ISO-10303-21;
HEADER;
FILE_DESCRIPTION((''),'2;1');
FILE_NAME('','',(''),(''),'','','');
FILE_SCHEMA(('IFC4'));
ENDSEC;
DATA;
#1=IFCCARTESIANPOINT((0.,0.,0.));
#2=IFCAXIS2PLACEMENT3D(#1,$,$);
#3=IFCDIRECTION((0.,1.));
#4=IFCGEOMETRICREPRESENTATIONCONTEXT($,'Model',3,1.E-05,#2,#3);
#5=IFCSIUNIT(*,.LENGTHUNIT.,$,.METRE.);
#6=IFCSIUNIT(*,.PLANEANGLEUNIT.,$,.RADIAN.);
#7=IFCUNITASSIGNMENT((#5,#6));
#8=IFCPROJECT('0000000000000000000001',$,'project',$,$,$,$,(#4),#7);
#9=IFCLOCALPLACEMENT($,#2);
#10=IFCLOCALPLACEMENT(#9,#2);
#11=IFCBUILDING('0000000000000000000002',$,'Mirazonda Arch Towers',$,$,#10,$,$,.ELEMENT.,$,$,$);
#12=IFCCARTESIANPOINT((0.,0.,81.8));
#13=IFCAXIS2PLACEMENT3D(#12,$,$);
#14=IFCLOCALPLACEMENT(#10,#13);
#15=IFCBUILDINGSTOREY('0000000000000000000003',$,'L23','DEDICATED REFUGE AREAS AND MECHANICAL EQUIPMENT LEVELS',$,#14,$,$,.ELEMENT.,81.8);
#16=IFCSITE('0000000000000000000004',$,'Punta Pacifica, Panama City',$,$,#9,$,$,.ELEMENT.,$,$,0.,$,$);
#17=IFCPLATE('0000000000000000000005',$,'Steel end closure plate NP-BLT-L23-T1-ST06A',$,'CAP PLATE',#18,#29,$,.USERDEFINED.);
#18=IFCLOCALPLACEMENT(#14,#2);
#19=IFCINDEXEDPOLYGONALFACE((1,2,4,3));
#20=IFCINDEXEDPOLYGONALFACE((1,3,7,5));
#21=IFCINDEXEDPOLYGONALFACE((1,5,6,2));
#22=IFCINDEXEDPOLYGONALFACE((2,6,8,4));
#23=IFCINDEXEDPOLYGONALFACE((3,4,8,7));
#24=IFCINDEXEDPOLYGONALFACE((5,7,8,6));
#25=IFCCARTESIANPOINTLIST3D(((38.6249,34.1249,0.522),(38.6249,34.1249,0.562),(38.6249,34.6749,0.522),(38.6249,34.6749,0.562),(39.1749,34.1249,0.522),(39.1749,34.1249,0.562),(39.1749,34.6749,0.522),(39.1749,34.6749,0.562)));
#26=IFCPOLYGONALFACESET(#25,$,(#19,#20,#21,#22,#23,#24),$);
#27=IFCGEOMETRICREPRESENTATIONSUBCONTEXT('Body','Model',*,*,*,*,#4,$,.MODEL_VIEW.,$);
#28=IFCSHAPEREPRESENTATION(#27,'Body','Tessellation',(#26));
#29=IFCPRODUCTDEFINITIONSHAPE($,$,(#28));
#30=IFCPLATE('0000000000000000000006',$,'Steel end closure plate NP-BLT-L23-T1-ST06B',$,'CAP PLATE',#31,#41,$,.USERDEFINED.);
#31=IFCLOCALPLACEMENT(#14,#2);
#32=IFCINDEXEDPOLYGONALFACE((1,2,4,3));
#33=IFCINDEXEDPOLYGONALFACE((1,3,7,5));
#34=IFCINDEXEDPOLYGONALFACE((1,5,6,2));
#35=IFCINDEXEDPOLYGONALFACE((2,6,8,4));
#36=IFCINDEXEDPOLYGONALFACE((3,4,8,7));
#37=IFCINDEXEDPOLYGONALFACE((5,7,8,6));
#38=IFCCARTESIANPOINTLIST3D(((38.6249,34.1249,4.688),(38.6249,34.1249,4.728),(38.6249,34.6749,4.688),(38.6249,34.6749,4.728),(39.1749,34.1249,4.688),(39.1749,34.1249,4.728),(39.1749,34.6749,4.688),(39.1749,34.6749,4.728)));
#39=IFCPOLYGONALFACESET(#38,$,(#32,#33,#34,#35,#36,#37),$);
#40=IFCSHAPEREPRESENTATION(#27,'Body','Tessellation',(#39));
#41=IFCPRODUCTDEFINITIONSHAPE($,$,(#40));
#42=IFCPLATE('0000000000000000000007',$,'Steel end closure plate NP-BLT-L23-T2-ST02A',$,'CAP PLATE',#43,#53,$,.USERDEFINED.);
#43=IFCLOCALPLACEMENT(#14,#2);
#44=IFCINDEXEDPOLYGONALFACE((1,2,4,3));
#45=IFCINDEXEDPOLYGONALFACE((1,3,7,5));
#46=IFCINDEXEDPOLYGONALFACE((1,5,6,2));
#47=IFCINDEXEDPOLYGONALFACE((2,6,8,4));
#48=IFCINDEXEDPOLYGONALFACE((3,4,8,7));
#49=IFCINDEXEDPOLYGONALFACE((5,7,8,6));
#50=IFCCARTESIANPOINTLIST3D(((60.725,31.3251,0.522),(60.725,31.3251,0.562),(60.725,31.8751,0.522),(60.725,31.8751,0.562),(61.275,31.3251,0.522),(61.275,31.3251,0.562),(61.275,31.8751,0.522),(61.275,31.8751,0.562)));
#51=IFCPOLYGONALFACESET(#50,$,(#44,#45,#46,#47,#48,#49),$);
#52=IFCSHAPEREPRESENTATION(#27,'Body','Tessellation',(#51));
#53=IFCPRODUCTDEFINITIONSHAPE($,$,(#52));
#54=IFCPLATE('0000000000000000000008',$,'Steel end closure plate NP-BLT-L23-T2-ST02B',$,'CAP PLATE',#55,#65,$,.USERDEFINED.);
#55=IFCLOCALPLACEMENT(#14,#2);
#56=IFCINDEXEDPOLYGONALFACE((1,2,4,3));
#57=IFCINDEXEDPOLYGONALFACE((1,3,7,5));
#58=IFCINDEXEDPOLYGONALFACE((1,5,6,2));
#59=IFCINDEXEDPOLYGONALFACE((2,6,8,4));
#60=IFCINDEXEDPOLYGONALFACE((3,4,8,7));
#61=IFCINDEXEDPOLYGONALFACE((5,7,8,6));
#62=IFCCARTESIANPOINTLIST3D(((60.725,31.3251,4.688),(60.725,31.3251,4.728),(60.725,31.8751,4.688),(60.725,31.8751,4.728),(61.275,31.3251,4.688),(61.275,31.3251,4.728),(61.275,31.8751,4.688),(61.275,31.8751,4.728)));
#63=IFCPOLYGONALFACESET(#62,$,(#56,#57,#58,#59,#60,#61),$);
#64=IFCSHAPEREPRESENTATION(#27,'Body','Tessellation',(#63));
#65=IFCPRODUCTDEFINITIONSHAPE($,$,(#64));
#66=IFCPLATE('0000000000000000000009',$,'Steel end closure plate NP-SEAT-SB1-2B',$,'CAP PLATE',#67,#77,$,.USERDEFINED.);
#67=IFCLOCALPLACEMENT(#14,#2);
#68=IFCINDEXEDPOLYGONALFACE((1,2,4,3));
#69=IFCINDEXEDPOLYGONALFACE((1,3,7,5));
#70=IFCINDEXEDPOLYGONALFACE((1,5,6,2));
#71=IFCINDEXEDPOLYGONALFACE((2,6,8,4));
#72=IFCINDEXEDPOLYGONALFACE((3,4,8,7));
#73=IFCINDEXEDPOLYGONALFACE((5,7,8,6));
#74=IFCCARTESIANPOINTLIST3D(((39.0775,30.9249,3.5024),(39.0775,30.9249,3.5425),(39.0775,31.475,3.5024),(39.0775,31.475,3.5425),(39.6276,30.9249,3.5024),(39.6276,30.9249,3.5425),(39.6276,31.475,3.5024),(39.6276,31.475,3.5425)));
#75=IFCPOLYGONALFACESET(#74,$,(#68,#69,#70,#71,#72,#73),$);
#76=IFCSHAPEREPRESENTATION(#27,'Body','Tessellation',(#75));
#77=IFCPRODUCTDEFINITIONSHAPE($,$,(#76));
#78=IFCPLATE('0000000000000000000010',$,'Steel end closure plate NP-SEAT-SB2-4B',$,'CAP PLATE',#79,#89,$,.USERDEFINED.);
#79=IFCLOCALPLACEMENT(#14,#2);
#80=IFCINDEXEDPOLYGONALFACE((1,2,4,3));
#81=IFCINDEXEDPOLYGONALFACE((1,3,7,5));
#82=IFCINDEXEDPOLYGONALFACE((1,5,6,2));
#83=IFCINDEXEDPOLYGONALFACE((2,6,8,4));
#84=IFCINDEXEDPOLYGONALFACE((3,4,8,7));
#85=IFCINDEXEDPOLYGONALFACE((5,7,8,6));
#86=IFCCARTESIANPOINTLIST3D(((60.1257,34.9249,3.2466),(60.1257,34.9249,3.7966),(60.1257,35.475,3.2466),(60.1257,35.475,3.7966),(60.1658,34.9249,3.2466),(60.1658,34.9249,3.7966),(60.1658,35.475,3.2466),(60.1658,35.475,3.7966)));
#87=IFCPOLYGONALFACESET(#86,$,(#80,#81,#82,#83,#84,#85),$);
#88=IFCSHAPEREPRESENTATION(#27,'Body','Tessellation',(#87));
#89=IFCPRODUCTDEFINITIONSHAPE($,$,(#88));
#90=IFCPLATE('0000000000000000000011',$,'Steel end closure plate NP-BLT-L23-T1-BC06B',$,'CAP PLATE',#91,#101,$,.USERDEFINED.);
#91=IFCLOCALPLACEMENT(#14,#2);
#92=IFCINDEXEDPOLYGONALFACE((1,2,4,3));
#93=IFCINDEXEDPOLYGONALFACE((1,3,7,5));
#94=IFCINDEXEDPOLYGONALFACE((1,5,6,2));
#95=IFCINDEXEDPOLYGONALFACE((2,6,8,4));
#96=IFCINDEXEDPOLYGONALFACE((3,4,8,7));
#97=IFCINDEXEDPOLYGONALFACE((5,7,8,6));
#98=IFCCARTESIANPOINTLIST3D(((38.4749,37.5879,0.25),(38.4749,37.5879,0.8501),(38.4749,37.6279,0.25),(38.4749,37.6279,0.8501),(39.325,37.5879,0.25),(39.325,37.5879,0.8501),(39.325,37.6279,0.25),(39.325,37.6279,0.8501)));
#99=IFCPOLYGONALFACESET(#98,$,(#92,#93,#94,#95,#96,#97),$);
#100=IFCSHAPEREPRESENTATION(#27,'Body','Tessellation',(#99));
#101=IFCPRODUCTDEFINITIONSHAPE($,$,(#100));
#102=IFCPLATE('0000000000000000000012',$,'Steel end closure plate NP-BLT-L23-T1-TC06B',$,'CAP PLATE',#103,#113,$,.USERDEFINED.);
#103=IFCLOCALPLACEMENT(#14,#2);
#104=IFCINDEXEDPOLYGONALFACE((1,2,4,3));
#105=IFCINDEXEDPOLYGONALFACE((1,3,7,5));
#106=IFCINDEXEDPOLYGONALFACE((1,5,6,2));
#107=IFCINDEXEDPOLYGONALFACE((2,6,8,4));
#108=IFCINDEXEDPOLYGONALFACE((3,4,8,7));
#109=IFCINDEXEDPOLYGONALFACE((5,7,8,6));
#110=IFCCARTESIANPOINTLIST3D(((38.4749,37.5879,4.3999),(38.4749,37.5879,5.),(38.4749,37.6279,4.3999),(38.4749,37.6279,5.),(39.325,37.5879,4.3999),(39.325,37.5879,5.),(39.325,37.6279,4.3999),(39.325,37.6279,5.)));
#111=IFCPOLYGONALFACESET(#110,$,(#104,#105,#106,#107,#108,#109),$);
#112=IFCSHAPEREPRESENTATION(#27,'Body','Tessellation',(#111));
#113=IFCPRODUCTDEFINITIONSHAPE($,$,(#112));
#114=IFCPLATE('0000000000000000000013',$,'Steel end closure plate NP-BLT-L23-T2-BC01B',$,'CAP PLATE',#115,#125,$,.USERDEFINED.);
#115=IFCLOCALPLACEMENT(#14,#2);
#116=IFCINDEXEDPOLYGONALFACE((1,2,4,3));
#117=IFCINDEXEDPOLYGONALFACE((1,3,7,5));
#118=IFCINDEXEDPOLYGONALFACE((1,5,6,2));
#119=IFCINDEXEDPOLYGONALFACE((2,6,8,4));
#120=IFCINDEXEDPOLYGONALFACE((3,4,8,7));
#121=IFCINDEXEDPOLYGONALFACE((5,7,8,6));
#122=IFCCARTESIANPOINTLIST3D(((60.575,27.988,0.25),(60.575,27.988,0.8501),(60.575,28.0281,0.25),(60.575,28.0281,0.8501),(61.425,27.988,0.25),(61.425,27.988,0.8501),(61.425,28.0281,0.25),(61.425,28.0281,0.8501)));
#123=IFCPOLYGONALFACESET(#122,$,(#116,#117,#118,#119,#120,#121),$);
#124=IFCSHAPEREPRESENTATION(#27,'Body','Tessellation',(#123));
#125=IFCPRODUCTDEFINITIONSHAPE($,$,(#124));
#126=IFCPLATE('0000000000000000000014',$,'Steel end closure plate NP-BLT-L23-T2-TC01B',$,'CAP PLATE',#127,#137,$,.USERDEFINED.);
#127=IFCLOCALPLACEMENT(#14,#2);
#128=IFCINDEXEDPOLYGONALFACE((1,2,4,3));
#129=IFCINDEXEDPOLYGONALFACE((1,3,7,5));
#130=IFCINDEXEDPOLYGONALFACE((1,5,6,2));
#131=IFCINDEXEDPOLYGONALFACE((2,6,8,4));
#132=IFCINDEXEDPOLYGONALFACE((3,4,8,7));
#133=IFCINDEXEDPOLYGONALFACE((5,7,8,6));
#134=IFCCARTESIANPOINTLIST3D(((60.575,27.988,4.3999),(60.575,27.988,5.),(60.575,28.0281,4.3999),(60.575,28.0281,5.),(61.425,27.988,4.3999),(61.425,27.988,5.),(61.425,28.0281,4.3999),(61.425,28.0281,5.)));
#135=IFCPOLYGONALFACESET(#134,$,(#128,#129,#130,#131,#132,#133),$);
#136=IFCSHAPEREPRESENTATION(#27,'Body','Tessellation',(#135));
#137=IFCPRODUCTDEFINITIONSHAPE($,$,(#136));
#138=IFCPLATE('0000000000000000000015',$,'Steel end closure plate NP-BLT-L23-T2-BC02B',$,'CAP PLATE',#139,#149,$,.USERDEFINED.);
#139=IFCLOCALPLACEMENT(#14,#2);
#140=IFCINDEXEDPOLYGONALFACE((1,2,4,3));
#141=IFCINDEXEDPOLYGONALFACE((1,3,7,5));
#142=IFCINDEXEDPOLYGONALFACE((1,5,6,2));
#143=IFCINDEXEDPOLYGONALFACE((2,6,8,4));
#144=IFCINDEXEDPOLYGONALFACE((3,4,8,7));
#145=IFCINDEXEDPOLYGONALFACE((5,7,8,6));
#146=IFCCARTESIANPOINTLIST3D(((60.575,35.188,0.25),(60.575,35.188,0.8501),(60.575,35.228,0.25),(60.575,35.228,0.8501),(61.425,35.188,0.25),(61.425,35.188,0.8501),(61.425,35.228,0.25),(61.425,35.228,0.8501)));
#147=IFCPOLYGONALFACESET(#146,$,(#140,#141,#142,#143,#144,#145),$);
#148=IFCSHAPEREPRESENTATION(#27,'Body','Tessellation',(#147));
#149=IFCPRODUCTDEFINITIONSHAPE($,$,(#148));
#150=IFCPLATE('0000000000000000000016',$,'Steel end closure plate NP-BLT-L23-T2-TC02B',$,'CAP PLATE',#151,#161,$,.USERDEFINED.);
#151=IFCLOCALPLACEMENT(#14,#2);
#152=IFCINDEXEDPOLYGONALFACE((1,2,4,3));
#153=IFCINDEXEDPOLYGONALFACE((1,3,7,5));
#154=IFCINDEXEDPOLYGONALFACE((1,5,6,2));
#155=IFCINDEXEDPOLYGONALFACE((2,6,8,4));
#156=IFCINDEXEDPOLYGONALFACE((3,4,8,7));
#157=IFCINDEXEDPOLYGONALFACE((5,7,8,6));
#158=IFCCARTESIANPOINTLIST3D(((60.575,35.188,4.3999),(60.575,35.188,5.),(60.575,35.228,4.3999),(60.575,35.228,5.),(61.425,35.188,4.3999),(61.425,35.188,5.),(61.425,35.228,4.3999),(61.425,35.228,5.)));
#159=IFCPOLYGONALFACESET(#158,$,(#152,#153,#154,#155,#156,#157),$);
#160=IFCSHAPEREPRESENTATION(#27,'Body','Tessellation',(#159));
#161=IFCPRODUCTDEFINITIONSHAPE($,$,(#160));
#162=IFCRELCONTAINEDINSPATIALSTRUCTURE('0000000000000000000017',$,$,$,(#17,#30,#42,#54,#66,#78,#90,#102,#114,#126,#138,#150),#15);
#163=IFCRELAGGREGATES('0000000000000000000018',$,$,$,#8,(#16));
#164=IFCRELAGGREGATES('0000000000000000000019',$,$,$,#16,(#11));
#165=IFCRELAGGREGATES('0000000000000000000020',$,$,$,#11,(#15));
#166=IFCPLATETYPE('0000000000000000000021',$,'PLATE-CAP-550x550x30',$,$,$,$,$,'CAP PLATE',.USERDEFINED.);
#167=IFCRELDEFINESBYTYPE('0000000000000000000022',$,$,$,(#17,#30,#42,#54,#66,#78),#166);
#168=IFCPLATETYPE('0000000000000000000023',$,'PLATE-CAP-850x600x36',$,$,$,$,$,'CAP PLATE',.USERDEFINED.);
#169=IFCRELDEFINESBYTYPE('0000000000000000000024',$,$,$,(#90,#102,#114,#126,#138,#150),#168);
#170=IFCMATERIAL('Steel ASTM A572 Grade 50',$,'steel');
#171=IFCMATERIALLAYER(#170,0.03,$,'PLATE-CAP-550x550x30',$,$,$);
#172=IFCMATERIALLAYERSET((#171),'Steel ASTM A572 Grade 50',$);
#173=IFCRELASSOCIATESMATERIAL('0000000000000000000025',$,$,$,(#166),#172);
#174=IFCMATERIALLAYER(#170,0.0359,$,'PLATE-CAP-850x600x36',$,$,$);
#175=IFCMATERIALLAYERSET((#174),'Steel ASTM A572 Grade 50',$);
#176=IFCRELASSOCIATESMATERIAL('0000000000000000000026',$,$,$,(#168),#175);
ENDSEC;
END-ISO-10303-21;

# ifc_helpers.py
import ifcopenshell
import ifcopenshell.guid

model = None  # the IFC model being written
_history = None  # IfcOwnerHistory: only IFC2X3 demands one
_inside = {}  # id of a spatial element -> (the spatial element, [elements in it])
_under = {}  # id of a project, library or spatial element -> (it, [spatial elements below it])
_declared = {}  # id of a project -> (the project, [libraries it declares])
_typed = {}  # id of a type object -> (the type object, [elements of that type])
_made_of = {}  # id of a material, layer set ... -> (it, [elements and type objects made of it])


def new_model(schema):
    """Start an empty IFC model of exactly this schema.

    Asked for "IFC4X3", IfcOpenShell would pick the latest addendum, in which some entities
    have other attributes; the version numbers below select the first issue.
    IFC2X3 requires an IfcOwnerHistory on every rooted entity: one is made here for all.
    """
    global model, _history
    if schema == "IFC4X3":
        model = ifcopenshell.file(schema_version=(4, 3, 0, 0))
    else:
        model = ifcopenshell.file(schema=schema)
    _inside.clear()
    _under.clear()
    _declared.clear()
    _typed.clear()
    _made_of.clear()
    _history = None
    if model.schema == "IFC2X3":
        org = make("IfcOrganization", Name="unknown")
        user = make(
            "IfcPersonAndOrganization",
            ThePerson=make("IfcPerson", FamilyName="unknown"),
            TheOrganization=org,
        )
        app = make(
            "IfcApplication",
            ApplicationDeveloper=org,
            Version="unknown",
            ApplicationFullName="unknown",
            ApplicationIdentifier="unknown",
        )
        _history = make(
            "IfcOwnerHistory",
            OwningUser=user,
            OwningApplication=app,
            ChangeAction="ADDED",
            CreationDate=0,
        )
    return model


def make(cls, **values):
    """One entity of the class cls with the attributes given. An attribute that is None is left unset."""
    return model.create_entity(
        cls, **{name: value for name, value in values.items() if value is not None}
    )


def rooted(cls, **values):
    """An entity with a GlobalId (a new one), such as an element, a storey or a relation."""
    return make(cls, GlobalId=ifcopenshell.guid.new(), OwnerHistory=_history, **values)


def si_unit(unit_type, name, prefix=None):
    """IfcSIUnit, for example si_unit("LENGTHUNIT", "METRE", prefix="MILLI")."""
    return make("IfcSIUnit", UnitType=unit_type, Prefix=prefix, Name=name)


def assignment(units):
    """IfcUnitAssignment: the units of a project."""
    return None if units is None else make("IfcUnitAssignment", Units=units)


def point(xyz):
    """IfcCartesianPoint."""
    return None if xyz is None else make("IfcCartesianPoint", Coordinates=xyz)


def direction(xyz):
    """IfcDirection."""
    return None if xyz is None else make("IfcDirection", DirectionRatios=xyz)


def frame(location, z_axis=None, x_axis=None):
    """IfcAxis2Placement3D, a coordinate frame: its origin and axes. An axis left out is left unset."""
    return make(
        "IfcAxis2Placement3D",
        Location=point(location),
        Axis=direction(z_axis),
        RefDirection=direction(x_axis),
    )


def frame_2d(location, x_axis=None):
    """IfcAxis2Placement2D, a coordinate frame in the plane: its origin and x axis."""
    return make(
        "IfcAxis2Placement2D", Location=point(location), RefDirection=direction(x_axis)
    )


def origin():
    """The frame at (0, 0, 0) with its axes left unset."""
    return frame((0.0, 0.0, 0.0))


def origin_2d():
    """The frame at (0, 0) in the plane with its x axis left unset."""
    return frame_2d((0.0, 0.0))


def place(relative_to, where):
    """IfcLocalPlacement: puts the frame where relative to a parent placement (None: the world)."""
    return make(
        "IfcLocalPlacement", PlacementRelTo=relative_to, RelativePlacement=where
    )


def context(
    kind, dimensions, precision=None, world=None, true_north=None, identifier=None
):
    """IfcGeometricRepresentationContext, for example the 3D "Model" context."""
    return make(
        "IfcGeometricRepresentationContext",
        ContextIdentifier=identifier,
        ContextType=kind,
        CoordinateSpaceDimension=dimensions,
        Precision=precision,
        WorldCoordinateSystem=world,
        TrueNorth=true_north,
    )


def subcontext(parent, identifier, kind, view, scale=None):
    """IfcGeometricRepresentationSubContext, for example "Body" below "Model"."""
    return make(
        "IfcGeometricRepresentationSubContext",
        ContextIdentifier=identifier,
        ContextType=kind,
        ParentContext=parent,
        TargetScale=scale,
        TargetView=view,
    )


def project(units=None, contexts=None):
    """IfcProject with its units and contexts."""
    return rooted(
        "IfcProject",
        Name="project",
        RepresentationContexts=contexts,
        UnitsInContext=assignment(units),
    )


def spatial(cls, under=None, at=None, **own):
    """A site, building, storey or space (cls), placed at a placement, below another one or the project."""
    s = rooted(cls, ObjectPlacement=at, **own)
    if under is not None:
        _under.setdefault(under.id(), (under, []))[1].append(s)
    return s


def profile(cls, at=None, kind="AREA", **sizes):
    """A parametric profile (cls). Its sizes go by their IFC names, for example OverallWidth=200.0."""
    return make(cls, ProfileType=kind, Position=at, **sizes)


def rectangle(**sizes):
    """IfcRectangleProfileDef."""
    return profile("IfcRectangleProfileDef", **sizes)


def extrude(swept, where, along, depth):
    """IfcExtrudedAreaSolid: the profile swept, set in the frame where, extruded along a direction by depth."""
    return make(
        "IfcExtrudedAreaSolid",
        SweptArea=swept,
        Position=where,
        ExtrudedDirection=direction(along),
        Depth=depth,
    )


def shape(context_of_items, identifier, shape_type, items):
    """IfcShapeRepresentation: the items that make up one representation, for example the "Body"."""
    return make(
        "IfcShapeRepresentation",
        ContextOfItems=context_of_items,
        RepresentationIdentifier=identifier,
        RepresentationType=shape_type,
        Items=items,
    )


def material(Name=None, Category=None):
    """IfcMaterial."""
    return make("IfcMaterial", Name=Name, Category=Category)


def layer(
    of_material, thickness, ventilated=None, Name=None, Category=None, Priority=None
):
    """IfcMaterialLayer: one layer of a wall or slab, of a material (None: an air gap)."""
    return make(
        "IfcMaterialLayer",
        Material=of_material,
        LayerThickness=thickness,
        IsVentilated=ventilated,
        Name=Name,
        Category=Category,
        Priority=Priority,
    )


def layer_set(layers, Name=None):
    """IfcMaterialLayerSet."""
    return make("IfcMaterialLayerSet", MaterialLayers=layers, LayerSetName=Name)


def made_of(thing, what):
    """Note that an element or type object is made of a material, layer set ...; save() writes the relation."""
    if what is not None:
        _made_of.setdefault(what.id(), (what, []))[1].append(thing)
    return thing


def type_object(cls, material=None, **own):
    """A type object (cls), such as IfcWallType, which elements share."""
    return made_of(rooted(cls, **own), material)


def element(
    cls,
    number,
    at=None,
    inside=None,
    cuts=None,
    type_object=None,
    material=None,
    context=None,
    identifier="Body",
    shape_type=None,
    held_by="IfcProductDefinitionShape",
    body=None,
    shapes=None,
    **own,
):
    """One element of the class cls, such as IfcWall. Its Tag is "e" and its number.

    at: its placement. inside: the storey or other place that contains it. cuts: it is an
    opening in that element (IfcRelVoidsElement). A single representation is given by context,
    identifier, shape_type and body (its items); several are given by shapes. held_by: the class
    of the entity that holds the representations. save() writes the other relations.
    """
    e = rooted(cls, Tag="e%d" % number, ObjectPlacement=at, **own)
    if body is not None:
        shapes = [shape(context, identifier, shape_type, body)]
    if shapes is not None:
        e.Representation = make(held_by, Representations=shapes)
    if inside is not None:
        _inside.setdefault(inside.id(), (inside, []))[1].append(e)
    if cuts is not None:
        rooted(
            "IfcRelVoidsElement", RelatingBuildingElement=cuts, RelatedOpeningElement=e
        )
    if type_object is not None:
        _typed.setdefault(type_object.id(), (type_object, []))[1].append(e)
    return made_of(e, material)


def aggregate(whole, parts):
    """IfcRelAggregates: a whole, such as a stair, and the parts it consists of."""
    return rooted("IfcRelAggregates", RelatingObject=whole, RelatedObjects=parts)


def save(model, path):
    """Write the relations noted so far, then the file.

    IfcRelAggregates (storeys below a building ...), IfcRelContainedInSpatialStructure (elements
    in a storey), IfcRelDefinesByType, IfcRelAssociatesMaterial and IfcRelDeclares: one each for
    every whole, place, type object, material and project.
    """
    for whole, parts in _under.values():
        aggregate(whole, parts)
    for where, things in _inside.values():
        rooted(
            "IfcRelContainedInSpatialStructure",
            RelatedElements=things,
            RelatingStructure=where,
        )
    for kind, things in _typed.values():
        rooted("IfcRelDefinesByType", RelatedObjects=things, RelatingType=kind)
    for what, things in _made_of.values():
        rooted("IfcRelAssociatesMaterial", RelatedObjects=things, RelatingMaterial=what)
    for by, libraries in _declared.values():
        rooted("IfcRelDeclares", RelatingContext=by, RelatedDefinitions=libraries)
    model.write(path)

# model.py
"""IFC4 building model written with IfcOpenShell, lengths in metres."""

from ifc_helpers import new_model, si_unit, direction, frame, origin, origin_2d, place, context, subcontext, project, spatial, rectangle, extrude, material, layer, layer_set, type_object, element, save


model = new_model("IFC4")

# Units and contexts
model_context = context("Model", 3, precision=1e-05, world=origin(), true_north=direction((0.0, 1.0)))
body_context = subcontext(model_context, "Body", "Model", "MODEL_VIEW")
ifc_project = project(units=[si_unit("LENGTHUNIT", "METRE"), si_unit("PLANEANGLEUNIT", "RADIAN")], contexts=[model_context])

# Site, building, storey
site_placement = place(None, origin())
site = spatial("IfcSite", under=ifc_project, at=site_placement, Name="Punta Pacifica, Panama City", CompositionType="ELEMENT", RefElevation=0.0)
building_placement = place(site_placement, origin())
building = spatial("IfcBuilding", under=site, at=building_placement, Name="Mirazonda Arch Towers", CompositionType="ELEMENT")
storey_placement = place(building_placement, frame((0.0, 0.0, 81.8)))
storey = spatial("IfcBuildingStorey", under=building, at=storey_placement, Name="L23", Description="DEDICATED REFUGE AREAS AND MECHANICAL EQUIPMENT LEVELS", CompositionType="ELEMENT", Elevation=81.8)

# Shared definitions
ifc_material_1 = material(Name="Steel ASTM A572 Grade 50", Category="steel")

# Plates
ifc_layer_1 = layer(ifc_material_1, 0.03, Name="PLATE-CAP-550x550x30")
ifc_layer_set_1 = layer_set([ifc_layer_1], Name="Steel ASTM A572 Grade 50")
plate_type_1 = type_object("IfcPlateType", Name="PLATE-CAP-550x550x30", ElementType="CAP PLATE", PredefinedType="USERDEFINED", material=ifc_layer_set_1)
for number, where, z_axis, x_axis, name in (
    (1, (38.8999, 34.3999, 0.522), (0.0, 0.0, 1.0), (1.0, 0.0, 0.0), "Steel end closure plate NP-BLT-L23-T1-ST06A"),
    (2, (38.8999, 34.3999, 4.688), (0.0, 0.0, 1.0), (1.0, 0.0, 0.0), "Steel end closure plate NP-BLT-L23-T1-ST06B"),
    (3, (61.0, 31.6001, 0.522), (0.0, 0.0, 1.0), (1.0, 0.0, 0.0), "Steel end closure plate NP-BLT-L23-T2-ST02A"),
    (4, (61.0, 31.6001, 4.688), (0.0, 0.0, 1.0), (1.0, 0.0, 0.0), "Steel end closure plate NP-BLT-L23-T2-ST02B"),
    (5, (39.3525, 31.2, 3.5024), (0.0, 0.0, 1.0), (1.0, 0.0, 0.0), "Steel end closure plate NP-SEAT-SB1-2B"),
):
    element("IfcPlate", number, at=place(storey_placement, frame(where, z_axis=z_axis, x_axis=x_axis)), inside=storey, type_object=plate_type_1, Name=name, ObjectType="CAP PLATE", PredefinedType="USERDEFINED", context=body_context, shape_type="SweptSolid", body=[
        extrude(rectangle(XDim=0.55, YDim=0.55, at=origin_2d()), origin(), (0.0, 0.0, 1.0), 0.04),
    ])
plate_placement = place(storey_placement, frame((60.1458, 35.2, 3.2466), z_axis=(0.0, 0.0, 1.0), x_axis=(-1.0, 0.0, 0.0)))
element("IfcPlate", 6, at=plate_placement, inside=storey, type_object=plate_type_1, Name="Steel end closure plate NP-SEAT-SB2-4B", ObjectType="CAP PLATE", PredefinedType="USERDEFINED", context=body_context, shape_type="SweptSolid", body=[
    extrude(rectangle(XDim=0.04, YDim=0.55, at=origin_2d()), origin(), (0.0, 0.0, 1.0), 0.55),
])
ifc_layer_2 = layer(ifc_material_1, 0.0359, Name="PLATE-CAP-850x600x36")
ifc_layer_set_2 = layer_set([ifc_layer_2], Name="Steel ASTM A572 Grade 50")
plate_type_2 = type_object("IfcPlateType", Name="PLATE-CAP-850x600x36", ElementType="CAP PLATE", PredefinedType="USERDEFINED", material=ifc_layer_set_2)
for number, where, z_axis, x_axis, name in (
    (7, (38.8999, 37.6079, 0.25), (0.0, 0.0, 1.0), (0.0, 1.0, 0.0), "Steel end closure plate NP-BLT-L23-T1-BC06B"),
    (8, (38.8999, 37.6079, 4.3999), (0.0, 0.0, 1.0), (0.0, 1.0, 0.0), "Steel end closure plate NP-BLT-L23-T1-TC06B"),
    (9, (61.0, 28.0081, 0.25), (0.0, 0.0, 1.0), (0.0, 1.0, 0.0), "Steel end closure plate NP-BLT-L23-T2-BC01B"),
    (10, (61.0, 28.0081, 4.3999), (0.0, 0.0, 1.0), (0.0, 1.0, 0.0), "Steel end closure plate NP-BLT-L23-T2-TC01B"),
    (11, (61.0, 35.208, 0.25), (0.0, 0.0, 1.0), (0.0, 1.0, 0.0), "Steel end closure plate NP-BLT-L23-T2-BC02B"),
    (12, (61.0, 35.208, 4.3999), (0.0, 0.0, 1.0), (0.0, 1.0, 0.0), "Steel end closure plate NP-BLT-L23-T2-TC02B"),
):
    element("IfcPlate", number, at=place(storey_placement, frame(where, z_axis=z_axis, x_axis=x_axis)), inside=storey, type_object=plate_type_2, Name=name, ObjectType="CAP PLATE", PredefinedType="USERDEFINED", context=body_context, shape_type="SweptSolid", body=[
        extrude(rectangle(XDim=0.04, YDim=0.8501, at=origin_2d()), origin(), (0.0, 0.0, 1.0), 0.6001),
    ])

save(model, "model.ifc")
